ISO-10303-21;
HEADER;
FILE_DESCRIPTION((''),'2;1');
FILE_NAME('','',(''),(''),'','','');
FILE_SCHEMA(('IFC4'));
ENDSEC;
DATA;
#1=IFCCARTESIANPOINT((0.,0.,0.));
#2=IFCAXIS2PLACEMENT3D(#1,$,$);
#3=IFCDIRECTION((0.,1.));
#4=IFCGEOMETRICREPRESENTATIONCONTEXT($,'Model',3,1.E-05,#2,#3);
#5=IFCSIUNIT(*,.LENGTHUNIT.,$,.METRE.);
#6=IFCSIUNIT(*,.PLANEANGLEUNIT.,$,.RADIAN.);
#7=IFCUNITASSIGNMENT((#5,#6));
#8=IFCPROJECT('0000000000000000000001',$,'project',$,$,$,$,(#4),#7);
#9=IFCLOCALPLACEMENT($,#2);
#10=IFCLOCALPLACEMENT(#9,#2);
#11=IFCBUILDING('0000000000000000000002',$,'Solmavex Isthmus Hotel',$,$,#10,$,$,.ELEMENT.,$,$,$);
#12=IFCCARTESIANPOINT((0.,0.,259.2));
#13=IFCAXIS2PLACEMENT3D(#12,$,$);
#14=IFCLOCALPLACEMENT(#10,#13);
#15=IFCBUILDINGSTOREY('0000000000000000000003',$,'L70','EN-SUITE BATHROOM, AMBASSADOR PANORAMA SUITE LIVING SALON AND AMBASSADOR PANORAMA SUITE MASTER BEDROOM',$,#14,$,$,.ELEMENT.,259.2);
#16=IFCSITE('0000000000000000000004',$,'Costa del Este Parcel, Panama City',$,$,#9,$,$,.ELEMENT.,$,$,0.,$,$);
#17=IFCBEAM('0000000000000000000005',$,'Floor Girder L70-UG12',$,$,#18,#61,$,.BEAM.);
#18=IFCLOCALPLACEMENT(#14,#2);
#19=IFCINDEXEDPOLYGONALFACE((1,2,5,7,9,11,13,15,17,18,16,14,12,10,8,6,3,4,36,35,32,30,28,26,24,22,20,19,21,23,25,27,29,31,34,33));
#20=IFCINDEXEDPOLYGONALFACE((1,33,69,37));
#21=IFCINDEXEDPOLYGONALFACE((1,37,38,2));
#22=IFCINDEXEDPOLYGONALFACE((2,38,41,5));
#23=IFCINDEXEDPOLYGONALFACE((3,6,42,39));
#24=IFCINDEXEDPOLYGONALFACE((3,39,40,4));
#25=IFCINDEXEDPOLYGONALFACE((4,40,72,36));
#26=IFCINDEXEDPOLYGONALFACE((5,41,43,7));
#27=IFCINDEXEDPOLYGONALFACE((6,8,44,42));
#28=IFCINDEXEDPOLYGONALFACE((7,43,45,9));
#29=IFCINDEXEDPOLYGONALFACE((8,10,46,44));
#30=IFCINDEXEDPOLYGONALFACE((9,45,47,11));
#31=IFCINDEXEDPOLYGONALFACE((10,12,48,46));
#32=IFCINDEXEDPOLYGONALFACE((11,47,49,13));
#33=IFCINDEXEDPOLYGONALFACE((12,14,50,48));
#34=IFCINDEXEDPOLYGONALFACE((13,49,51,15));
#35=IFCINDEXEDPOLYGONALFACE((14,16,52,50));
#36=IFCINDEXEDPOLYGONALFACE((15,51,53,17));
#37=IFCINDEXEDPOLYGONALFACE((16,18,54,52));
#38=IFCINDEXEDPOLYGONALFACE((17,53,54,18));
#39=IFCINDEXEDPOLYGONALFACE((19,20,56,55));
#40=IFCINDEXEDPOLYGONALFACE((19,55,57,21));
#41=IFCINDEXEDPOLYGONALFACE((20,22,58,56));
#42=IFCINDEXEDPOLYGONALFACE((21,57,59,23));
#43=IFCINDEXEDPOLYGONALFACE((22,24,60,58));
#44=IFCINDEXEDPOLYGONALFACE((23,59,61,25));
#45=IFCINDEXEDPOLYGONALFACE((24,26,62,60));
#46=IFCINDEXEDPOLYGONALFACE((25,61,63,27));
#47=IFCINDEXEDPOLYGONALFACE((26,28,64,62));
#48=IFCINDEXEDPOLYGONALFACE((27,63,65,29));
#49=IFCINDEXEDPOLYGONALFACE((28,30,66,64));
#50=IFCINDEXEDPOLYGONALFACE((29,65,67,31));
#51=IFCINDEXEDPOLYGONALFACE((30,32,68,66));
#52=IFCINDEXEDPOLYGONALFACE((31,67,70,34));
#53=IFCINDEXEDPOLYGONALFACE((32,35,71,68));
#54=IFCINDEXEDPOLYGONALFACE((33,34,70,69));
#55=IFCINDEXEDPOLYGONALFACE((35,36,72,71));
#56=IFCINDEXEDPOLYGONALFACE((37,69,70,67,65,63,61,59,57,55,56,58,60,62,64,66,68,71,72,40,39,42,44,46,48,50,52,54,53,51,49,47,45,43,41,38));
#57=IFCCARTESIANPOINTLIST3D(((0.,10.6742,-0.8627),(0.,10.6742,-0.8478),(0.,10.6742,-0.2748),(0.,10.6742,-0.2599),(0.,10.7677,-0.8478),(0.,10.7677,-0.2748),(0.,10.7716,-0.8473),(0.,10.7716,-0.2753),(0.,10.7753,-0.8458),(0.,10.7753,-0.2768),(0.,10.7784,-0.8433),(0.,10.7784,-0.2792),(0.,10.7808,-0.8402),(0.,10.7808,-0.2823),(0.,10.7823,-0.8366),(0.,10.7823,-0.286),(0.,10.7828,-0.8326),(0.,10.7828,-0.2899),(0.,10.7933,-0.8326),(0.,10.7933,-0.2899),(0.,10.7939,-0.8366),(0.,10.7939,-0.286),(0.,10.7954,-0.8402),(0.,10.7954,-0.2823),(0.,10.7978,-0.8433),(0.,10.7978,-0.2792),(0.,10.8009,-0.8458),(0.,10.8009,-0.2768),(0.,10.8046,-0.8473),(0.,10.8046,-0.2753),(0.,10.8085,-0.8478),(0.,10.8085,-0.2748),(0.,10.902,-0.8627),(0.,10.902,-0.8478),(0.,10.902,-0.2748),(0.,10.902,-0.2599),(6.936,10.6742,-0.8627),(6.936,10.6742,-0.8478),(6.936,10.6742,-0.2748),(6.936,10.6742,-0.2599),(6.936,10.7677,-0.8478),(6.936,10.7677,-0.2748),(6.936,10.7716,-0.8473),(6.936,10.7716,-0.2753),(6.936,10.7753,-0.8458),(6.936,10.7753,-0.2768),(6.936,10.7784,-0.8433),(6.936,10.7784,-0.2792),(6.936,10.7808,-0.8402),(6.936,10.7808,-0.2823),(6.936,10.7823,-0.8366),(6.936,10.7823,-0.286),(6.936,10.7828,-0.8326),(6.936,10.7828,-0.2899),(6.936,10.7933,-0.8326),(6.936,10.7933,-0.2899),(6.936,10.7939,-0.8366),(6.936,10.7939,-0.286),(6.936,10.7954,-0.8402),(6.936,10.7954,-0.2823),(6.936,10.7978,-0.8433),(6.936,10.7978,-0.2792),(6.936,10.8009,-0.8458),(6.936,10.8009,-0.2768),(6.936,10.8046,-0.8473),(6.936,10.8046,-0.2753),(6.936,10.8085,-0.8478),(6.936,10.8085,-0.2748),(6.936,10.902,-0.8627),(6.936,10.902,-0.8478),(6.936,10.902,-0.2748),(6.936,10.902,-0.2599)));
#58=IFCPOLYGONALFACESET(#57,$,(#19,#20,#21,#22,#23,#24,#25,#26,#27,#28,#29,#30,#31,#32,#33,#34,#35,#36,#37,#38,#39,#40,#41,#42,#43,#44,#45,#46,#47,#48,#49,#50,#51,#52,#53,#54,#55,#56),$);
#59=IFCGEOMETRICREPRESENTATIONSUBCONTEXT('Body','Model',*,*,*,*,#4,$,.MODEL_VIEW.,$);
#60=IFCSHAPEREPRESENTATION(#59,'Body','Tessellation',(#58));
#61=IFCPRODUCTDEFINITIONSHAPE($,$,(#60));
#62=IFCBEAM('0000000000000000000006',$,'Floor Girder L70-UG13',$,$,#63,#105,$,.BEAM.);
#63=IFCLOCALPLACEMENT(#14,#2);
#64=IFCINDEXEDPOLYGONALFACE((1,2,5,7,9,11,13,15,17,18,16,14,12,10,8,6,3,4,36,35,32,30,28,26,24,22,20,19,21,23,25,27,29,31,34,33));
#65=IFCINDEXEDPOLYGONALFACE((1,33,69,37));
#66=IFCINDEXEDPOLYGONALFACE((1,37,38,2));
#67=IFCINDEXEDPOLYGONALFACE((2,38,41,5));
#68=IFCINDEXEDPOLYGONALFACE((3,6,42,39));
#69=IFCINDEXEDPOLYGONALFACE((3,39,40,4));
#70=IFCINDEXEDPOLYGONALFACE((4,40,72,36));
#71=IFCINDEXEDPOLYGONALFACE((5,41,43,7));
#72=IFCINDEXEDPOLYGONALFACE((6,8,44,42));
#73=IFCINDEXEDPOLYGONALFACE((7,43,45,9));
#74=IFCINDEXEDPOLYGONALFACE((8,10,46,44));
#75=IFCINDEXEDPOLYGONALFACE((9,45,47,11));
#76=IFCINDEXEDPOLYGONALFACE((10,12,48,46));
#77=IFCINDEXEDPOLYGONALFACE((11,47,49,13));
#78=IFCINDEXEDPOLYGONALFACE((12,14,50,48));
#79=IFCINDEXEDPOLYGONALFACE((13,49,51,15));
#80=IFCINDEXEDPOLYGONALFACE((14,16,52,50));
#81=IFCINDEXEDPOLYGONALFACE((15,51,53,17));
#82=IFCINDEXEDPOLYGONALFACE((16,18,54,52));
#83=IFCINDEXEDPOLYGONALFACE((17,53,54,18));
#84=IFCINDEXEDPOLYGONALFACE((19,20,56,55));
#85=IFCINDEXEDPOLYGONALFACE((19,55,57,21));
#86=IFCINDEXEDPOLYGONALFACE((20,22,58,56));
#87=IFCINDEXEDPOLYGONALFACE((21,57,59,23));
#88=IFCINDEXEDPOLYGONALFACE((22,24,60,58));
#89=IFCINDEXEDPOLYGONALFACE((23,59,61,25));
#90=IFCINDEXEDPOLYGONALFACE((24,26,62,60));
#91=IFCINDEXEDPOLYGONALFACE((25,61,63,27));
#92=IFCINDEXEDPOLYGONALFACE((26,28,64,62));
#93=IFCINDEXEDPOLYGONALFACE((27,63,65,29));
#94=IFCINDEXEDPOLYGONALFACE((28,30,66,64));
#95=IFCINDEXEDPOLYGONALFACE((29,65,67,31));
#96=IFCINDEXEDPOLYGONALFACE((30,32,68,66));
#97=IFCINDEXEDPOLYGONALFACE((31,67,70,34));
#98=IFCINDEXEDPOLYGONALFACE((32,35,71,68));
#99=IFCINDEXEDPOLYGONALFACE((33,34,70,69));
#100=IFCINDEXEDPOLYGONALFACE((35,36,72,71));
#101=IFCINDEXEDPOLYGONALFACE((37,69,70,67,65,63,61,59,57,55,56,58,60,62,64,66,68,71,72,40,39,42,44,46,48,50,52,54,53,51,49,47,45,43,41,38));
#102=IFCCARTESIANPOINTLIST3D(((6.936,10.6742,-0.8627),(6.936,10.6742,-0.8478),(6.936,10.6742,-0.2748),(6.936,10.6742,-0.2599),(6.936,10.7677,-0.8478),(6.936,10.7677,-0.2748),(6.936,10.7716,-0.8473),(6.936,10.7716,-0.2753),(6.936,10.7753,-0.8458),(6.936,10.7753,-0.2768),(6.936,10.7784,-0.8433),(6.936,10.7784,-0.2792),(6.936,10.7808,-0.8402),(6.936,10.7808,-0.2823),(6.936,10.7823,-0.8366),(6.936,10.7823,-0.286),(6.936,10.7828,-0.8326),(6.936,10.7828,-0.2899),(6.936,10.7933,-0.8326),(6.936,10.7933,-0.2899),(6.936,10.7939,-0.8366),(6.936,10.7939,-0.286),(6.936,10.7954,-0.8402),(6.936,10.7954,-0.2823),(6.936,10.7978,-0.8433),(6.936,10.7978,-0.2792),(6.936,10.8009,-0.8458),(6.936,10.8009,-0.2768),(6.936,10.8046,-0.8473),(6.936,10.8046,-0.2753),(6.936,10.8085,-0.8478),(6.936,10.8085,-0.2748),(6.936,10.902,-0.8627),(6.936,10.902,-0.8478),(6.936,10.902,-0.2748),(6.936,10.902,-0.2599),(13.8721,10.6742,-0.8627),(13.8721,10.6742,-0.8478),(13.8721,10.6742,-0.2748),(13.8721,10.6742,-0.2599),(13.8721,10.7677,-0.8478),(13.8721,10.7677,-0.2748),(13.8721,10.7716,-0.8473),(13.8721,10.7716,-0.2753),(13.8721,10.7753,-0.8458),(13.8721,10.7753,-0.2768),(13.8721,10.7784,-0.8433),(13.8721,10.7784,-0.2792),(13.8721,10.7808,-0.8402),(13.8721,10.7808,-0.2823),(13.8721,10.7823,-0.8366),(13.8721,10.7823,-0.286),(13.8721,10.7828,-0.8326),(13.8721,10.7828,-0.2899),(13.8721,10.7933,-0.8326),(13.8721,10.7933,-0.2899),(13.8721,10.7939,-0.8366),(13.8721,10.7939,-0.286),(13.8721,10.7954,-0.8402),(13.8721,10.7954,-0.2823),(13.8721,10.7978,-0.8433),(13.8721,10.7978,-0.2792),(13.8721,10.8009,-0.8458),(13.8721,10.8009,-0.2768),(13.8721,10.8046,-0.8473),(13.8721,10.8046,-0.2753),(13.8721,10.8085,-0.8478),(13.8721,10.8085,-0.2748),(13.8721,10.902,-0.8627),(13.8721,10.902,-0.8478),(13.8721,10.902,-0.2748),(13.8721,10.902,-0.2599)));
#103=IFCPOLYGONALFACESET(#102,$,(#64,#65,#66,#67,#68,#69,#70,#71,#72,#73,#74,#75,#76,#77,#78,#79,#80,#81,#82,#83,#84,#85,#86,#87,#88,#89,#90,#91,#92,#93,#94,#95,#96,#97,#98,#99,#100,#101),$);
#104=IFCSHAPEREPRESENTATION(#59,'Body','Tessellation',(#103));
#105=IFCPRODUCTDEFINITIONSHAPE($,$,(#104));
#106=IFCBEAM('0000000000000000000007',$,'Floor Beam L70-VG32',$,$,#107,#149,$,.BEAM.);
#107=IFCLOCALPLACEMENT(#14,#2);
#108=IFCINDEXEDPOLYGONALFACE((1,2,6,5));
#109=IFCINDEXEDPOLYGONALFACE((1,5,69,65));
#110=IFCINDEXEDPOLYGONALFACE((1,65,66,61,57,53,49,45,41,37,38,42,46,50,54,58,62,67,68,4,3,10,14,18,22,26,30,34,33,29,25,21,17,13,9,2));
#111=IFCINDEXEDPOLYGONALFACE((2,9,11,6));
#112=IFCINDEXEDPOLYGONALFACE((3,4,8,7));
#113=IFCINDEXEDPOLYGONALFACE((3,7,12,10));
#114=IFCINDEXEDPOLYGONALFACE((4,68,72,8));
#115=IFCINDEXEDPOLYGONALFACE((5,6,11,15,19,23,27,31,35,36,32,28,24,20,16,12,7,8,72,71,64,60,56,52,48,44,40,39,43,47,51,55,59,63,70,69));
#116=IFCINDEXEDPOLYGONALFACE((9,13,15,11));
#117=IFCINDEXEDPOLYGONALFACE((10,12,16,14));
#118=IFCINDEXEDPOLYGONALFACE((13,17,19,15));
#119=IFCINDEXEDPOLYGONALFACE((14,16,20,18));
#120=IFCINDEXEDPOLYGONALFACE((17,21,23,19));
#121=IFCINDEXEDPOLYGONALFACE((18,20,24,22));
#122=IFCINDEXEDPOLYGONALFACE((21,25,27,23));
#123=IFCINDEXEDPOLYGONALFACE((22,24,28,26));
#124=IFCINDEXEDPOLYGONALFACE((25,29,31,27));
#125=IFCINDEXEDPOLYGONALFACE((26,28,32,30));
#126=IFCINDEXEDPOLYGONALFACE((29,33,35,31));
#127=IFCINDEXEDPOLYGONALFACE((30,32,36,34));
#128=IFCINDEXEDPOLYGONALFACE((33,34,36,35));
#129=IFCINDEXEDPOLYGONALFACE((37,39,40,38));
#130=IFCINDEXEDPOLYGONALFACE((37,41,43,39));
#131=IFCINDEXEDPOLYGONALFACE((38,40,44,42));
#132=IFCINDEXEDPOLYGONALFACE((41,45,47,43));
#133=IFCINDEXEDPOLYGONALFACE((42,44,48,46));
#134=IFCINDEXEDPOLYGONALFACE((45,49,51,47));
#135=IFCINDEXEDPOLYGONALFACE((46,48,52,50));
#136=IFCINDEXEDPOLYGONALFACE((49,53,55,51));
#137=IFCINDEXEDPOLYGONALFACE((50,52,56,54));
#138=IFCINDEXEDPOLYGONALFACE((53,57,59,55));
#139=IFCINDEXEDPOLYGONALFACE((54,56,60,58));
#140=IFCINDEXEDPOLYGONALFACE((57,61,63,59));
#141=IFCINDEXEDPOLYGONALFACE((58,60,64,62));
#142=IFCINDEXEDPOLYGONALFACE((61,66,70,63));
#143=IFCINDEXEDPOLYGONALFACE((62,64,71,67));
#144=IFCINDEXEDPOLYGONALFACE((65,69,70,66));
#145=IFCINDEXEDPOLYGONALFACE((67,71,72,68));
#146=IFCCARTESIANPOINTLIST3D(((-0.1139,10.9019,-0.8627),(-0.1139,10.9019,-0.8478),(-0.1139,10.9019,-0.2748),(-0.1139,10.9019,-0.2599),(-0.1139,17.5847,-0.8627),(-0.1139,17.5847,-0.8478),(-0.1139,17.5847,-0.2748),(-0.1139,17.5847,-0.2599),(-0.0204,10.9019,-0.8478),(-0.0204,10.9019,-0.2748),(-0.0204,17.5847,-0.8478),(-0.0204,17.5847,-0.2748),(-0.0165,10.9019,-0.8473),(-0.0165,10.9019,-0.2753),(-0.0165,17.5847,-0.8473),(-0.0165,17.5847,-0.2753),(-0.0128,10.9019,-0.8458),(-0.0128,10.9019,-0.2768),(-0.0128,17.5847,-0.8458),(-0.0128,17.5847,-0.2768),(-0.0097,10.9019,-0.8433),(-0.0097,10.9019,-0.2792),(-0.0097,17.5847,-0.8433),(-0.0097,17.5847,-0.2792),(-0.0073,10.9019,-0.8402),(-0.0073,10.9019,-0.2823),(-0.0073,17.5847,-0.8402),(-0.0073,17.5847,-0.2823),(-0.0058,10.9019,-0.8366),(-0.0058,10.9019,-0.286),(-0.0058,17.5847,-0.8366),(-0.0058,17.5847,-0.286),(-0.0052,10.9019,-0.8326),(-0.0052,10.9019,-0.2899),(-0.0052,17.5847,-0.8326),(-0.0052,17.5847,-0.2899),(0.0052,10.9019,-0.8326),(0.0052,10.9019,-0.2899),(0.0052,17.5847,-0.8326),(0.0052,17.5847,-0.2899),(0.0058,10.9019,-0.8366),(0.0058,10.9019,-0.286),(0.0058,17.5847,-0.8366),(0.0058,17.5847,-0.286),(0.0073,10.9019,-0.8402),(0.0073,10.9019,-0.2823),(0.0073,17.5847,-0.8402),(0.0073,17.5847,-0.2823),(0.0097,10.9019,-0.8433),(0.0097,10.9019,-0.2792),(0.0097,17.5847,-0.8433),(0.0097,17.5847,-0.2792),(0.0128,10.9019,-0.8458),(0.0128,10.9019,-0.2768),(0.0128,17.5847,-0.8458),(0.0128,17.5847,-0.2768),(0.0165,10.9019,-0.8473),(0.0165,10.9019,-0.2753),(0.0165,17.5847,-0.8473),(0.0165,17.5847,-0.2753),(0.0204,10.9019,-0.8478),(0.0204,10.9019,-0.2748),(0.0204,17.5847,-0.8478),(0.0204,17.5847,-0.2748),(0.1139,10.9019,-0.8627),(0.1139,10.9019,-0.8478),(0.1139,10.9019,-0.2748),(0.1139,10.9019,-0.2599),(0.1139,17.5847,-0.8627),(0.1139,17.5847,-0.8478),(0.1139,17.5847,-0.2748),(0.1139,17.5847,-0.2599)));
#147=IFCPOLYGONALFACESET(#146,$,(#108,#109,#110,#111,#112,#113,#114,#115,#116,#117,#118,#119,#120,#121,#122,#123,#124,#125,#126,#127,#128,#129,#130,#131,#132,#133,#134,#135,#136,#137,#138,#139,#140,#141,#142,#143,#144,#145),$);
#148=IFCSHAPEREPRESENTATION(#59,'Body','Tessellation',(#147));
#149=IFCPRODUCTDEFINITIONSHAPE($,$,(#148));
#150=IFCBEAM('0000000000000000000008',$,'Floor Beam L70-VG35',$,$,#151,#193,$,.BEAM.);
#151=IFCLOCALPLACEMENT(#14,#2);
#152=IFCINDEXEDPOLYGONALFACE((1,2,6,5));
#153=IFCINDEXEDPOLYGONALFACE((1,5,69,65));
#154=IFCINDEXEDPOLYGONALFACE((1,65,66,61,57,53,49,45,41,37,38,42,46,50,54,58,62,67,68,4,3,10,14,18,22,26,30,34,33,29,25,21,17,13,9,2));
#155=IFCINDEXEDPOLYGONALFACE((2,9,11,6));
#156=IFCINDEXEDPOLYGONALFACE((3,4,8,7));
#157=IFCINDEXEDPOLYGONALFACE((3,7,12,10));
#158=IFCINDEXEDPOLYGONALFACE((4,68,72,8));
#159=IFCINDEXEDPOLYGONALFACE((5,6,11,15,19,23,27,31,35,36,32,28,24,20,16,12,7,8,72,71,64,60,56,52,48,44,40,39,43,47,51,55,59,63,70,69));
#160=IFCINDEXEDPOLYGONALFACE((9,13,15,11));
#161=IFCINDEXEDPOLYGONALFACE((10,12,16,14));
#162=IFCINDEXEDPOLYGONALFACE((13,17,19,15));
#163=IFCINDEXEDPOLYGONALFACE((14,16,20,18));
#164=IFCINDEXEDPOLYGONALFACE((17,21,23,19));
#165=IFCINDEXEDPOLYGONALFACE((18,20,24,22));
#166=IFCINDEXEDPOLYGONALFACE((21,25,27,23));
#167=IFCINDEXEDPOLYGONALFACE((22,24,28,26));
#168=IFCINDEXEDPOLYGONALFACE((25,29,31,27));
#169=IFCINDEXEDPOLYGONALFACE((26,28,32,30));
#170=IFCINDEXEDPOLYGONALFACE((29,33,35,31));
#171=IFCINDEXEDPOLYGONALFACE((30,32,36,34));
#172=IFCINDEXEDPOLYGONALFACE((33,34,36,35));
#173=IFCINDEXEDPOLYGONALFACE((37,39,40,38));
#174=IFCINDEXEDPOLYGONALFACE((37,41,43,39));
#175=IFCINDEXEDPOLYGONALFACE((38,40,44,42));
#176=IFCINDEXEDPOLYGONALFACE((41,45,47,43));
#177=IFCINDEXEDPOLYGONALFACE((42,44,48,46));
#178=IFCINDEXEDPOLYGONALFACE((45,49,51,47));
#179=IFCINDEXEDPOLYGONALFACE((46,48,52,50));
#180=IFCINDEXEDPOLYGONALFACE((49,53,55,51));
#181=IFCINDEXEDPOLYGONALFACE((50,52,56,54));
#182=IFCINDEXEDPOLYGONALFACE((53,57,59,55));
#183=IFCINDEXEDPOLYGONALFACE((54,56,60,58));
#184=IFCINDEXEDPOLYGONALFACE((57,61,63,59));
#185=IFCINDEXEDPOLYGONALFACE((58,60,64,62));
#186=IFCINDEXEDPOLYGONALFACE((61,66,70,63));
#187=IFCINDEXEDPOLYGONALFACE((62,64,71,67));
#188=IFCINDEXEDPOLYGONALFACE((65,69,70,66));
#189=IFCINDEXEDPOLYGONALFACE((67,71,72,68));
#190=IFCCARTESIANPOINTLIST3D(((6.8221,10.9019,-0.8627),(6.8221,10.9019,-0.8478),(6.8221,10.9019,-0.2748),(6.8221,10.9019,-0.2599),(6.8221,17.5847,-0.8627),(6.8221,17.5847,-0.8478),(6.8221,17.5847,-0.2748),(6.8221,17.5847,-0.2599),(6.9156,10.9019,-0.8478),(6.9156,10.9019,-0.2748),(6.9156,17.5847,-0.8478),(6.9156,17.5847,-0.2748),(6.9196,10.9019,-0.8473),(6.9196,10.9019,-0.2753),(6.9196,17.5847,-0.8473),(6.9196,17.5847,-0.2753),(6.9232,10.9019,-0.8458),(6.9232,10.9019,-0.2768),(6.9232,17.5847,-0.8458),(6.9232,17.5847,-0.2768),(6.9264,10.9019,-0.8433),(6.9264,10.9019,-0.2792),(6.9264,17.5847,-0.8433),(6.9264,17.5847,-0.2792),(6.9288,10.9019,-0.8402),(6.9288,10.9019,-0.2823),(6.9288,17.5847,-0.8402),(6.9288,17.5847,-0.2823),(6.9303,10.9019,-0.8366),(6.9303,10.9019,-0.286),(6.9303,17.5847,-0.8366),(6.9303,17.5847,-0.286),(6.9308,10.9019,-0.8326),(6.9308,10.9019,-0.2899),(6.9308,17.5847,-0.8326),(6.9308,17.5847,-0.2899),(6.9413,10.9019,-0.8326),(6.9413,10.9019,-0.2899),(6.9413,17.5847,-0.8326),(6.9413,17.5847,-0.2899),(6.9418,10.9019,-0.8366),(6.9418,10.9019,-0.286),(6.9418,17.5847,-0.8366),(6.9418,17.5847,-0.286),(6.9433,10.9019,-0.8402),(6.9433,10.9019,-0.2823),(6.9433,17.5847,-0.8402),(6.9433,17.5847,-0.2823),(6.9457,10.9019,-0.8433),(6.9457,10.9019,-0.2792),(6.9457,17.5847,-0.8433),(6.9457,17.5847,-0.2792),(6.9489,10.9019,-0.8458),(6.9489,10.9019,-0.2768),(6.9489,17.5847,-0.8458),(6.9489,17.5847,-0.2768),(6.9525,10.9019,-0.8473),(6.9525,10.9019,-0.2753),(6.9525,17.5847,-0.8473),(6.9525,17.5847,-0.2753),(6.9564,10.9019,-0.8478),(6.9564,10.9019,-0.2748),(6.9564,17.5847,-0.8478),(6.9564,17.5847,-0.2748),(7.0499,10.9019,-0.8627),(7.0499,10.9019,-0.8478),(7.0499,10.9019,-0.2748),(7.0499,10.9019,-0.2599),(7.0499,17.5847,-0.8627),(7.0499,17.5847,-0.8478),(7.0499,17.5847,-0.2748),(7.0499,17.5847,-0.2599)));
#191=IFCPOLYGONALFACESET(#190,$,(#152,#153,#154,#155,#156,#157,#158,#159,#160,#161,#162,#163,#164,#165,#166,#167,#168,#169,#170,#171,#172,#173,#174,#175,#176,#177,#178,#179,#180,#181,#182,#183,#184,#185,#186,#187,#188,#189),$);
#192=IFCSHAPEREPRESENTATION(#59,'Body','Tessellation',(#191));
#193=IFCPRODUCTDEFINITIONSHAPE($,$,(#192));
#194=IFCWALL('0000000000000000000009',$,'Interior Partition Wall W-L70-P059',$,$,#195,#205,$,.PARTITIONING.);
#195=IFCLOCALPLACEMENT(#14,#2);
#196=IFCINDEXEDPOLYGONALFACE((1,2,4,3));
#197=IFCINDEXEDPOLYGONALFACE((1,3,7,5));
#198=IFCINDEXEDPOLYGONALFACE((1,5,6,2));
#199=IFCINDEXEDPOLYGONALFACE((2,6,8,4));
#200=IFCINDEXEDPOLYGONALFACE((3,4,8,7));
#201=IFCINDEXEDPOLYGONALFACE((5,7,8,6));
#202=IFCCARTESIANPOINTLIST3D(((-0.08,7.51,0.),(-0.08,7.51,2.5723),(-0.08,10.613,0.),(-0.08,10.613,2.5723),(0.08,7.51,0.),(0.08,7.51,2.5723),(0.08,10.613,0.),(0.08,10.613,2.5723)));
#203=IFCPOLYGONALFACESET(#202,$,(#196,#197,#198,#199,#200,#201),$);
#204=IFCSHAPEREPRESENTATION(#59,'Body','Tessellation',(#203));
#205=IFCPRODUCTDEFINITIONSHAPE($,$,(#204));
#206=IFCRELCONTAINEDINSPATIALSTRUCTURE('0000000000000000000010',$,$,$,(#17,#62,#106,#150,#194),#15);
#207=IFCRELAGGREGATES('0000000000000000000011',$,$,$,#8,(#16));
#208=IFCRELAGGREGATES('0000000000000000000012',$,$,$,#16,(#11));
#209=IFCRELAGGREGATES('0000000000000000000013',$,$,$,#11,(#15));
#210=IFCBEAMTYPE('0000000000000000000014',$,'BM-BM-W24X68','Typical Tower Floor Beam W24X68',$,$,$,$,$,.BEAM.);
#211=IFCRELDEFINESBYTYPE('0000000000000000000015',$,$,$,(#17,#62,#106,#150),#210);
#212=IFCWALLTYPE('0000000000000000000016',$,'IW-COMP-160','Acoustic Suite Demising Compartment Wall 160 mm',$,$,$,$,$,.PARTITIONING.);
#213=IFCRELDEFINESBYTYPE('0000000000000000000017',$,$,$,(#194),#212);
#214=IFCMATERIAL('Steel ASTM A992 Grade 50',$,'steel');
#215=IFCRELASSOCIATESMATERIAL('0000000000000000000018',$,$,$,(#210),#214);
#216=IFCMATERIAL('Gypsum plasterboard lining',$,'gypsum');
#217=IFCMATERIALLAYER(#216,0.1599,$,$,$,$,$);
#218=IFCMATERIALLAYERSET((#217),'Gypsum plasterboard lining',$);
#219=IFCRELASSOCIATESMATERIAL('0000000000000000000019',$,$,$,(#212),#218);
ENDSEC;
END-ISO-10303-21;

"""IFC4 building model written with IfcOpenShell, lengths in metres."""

from ifc_helpers import new_model, si_unit, direction, frame, frame_2d, origin, origin_2d, place, context, subcontext, project, spatial, rectangle, i_section, extrude, material, layer, layer_set, material_profile, profile_set, type_object, element, save


model = new_model("IFC4")

# Units and contexts
model_context = context("Model", 3, precision=1e-05, world=origin(), true_north=direction((0.0, 1.0)))
body_context = subcontext(model_context, "Body", "Model", "MODEL_VIEW")
ifc_project = project(units=[si_unit("LENGTHUNIT", "METRE"), si_unit("PLANEANGLEUNIT", "RADIAN")], contexts=[model_context])

# Site, building, storey
site_placement = place(None, origin())
site = spatial("IfcSite", under=ifc_project, at=site_placement, Name="Costa del Este Parcel, Panama City", CompositionType="ELEMENT", RefElevation=0.0)
building_placement = place(site_placement, origin())
building = spatial("IfcBuilding", under=site, at=building_placement, Name="Solmavex Isthmus Hotel", CompositionType="ELEMENT")
storey_placement = place(building_placement, frame((0.0, 0.0, 259.2)))
storey = spatial("IfcBuildingStorey", under=building, at=storey_placement, Name="L70", Description="EN-SUITE BATHROOM, AMBASSADOR PANORAMA SUITE LIVING SALON AND AMBASSADOR PANORAMA SUITE MASTER BEDROOM", CompositionType="ELEMENT", Elevation=259.2)

# Beams
ifc_material_1 = material(Name="Steel ASTM A992 Grade 50", Category="steel")
ifc_material_profile_1 = material_profile(ifc_material_1, i_section(OverallWidth=0.2278, OverallDepth=0.6028, WebThickness=0.0105, FlangeThickness=0.0149, FilletRadius=0.0151, at=origin_2d()), Name="W24X68")
ifc_profile_set_1 = profile_set([ifc_material_profile_1], Name="Steel ASTM A992 Grade 50")
beam_type_1 = type_object("IfcBeamType", Name="BM-BM-W24X68", Description="Typical Tower Floor Beam W24X68", PredefinedType="BEAM", material=ifc_profile_set_1)
for number, where, z_axis, x_axis, name in (
    (1, (0.0, 10.7881, -0.5613), (1.0, 0.0, 0.0), (0.0, 1.0, 0.0), "Floor Girder L70-UG12"),
    (2, (6.936, 10.7881, -0.5613), (1.0, 0.0, 0.0), (0.0, 1.0, 0.0), "Floor Girder L70-UG13"),
):
    element("IfcBeam", number, at=place(storey_placement, frame(where, z_axis=z_axis, x_axis=x_axis)), inside=storey, type_object=beam_type_1, Name=name, PredefinedType="BEAM", context=body_context, shape_type="SweptSolid", body=[
        extrude(i_section(OverallWidth=0.2278, OverallDepth=0.6028, WebThickness=0.0105, FlangeThickness=0.0149, FilletRadius=0.0151, at=origin_2d()), origin(), (0.0, 0.0, 1.0), 6.936),
    ])
for number, where, z_axis, x_axis, name in (
    (3, (0.0, 10.9019, -0.5613), (0.0, 1.0, 0.0), (-1.0, 0.0, 0.0), "Floor Beam L70-VG32"),
    (4, (6.936, 10.9019, -0.5613), (0.0, 1.0, 0.0), (-1.0, 0.0, 0.0), "Floor Beam L70-VG35"),
):
    element("IfcBeam", number, at=place(storey_placement, frame(where, z_axis=z_axis, x_axis=x_axis)), inside=storey, type_object=beam_type_1, Name=name, PredefinedType="BEAM", context=body_context, shape_type="SweptSolid", body=[
        extrude(i_section(OverallWidth=0.2278, OverallDepth=0.6028, WebThickness=0.0105, FlangeThickness=0.0149, FilletRadius=0.0151, at=origin_2d()), origin(), (0.0, 0.0, 1.0), 6.6829),
    ])

# Wall
ifc_material_2 = material(Name="Gypsum plasterboard lining", Category="gypsum")
ifc_layer_1 = layer(ifc_material_2, 0.1599)
ifc_layer_set_1 = layer_set([ifc_layer_1], Name="Gypsum plasterboard lining")
wall_type_1 = type_object("IfcWallType", Name="IW-COMP-160", Description="Acoustic Suite Demising Compartment Wall 160 mm", PredefinedType="PARTITIONING", material=ifc_layer_set_1)
wall_1_placement = place(storey_placement, frame((0.0, 10.613, 0.0), z_axis=(0.0, 0.0, 1.0), x_axis=(0.0, -1.0, 0.0)))
element("IfcWall", 5, at=wall_1_placement, inside=storey, type_object=wall_type_1, Name="Interior Partition Wall W-L70-P059", PredefinedType="PARTITIONING", context=body_context, shape_type="SweptSolid", body=[
    extrude(rectangle(XDim=3.103, YDim=0.1599, at=frame_2d((1.5515, 0.0))), origin(), (0.0, 0.0, 1.0), 2.5723),
])

save(model, "model.ifc")
